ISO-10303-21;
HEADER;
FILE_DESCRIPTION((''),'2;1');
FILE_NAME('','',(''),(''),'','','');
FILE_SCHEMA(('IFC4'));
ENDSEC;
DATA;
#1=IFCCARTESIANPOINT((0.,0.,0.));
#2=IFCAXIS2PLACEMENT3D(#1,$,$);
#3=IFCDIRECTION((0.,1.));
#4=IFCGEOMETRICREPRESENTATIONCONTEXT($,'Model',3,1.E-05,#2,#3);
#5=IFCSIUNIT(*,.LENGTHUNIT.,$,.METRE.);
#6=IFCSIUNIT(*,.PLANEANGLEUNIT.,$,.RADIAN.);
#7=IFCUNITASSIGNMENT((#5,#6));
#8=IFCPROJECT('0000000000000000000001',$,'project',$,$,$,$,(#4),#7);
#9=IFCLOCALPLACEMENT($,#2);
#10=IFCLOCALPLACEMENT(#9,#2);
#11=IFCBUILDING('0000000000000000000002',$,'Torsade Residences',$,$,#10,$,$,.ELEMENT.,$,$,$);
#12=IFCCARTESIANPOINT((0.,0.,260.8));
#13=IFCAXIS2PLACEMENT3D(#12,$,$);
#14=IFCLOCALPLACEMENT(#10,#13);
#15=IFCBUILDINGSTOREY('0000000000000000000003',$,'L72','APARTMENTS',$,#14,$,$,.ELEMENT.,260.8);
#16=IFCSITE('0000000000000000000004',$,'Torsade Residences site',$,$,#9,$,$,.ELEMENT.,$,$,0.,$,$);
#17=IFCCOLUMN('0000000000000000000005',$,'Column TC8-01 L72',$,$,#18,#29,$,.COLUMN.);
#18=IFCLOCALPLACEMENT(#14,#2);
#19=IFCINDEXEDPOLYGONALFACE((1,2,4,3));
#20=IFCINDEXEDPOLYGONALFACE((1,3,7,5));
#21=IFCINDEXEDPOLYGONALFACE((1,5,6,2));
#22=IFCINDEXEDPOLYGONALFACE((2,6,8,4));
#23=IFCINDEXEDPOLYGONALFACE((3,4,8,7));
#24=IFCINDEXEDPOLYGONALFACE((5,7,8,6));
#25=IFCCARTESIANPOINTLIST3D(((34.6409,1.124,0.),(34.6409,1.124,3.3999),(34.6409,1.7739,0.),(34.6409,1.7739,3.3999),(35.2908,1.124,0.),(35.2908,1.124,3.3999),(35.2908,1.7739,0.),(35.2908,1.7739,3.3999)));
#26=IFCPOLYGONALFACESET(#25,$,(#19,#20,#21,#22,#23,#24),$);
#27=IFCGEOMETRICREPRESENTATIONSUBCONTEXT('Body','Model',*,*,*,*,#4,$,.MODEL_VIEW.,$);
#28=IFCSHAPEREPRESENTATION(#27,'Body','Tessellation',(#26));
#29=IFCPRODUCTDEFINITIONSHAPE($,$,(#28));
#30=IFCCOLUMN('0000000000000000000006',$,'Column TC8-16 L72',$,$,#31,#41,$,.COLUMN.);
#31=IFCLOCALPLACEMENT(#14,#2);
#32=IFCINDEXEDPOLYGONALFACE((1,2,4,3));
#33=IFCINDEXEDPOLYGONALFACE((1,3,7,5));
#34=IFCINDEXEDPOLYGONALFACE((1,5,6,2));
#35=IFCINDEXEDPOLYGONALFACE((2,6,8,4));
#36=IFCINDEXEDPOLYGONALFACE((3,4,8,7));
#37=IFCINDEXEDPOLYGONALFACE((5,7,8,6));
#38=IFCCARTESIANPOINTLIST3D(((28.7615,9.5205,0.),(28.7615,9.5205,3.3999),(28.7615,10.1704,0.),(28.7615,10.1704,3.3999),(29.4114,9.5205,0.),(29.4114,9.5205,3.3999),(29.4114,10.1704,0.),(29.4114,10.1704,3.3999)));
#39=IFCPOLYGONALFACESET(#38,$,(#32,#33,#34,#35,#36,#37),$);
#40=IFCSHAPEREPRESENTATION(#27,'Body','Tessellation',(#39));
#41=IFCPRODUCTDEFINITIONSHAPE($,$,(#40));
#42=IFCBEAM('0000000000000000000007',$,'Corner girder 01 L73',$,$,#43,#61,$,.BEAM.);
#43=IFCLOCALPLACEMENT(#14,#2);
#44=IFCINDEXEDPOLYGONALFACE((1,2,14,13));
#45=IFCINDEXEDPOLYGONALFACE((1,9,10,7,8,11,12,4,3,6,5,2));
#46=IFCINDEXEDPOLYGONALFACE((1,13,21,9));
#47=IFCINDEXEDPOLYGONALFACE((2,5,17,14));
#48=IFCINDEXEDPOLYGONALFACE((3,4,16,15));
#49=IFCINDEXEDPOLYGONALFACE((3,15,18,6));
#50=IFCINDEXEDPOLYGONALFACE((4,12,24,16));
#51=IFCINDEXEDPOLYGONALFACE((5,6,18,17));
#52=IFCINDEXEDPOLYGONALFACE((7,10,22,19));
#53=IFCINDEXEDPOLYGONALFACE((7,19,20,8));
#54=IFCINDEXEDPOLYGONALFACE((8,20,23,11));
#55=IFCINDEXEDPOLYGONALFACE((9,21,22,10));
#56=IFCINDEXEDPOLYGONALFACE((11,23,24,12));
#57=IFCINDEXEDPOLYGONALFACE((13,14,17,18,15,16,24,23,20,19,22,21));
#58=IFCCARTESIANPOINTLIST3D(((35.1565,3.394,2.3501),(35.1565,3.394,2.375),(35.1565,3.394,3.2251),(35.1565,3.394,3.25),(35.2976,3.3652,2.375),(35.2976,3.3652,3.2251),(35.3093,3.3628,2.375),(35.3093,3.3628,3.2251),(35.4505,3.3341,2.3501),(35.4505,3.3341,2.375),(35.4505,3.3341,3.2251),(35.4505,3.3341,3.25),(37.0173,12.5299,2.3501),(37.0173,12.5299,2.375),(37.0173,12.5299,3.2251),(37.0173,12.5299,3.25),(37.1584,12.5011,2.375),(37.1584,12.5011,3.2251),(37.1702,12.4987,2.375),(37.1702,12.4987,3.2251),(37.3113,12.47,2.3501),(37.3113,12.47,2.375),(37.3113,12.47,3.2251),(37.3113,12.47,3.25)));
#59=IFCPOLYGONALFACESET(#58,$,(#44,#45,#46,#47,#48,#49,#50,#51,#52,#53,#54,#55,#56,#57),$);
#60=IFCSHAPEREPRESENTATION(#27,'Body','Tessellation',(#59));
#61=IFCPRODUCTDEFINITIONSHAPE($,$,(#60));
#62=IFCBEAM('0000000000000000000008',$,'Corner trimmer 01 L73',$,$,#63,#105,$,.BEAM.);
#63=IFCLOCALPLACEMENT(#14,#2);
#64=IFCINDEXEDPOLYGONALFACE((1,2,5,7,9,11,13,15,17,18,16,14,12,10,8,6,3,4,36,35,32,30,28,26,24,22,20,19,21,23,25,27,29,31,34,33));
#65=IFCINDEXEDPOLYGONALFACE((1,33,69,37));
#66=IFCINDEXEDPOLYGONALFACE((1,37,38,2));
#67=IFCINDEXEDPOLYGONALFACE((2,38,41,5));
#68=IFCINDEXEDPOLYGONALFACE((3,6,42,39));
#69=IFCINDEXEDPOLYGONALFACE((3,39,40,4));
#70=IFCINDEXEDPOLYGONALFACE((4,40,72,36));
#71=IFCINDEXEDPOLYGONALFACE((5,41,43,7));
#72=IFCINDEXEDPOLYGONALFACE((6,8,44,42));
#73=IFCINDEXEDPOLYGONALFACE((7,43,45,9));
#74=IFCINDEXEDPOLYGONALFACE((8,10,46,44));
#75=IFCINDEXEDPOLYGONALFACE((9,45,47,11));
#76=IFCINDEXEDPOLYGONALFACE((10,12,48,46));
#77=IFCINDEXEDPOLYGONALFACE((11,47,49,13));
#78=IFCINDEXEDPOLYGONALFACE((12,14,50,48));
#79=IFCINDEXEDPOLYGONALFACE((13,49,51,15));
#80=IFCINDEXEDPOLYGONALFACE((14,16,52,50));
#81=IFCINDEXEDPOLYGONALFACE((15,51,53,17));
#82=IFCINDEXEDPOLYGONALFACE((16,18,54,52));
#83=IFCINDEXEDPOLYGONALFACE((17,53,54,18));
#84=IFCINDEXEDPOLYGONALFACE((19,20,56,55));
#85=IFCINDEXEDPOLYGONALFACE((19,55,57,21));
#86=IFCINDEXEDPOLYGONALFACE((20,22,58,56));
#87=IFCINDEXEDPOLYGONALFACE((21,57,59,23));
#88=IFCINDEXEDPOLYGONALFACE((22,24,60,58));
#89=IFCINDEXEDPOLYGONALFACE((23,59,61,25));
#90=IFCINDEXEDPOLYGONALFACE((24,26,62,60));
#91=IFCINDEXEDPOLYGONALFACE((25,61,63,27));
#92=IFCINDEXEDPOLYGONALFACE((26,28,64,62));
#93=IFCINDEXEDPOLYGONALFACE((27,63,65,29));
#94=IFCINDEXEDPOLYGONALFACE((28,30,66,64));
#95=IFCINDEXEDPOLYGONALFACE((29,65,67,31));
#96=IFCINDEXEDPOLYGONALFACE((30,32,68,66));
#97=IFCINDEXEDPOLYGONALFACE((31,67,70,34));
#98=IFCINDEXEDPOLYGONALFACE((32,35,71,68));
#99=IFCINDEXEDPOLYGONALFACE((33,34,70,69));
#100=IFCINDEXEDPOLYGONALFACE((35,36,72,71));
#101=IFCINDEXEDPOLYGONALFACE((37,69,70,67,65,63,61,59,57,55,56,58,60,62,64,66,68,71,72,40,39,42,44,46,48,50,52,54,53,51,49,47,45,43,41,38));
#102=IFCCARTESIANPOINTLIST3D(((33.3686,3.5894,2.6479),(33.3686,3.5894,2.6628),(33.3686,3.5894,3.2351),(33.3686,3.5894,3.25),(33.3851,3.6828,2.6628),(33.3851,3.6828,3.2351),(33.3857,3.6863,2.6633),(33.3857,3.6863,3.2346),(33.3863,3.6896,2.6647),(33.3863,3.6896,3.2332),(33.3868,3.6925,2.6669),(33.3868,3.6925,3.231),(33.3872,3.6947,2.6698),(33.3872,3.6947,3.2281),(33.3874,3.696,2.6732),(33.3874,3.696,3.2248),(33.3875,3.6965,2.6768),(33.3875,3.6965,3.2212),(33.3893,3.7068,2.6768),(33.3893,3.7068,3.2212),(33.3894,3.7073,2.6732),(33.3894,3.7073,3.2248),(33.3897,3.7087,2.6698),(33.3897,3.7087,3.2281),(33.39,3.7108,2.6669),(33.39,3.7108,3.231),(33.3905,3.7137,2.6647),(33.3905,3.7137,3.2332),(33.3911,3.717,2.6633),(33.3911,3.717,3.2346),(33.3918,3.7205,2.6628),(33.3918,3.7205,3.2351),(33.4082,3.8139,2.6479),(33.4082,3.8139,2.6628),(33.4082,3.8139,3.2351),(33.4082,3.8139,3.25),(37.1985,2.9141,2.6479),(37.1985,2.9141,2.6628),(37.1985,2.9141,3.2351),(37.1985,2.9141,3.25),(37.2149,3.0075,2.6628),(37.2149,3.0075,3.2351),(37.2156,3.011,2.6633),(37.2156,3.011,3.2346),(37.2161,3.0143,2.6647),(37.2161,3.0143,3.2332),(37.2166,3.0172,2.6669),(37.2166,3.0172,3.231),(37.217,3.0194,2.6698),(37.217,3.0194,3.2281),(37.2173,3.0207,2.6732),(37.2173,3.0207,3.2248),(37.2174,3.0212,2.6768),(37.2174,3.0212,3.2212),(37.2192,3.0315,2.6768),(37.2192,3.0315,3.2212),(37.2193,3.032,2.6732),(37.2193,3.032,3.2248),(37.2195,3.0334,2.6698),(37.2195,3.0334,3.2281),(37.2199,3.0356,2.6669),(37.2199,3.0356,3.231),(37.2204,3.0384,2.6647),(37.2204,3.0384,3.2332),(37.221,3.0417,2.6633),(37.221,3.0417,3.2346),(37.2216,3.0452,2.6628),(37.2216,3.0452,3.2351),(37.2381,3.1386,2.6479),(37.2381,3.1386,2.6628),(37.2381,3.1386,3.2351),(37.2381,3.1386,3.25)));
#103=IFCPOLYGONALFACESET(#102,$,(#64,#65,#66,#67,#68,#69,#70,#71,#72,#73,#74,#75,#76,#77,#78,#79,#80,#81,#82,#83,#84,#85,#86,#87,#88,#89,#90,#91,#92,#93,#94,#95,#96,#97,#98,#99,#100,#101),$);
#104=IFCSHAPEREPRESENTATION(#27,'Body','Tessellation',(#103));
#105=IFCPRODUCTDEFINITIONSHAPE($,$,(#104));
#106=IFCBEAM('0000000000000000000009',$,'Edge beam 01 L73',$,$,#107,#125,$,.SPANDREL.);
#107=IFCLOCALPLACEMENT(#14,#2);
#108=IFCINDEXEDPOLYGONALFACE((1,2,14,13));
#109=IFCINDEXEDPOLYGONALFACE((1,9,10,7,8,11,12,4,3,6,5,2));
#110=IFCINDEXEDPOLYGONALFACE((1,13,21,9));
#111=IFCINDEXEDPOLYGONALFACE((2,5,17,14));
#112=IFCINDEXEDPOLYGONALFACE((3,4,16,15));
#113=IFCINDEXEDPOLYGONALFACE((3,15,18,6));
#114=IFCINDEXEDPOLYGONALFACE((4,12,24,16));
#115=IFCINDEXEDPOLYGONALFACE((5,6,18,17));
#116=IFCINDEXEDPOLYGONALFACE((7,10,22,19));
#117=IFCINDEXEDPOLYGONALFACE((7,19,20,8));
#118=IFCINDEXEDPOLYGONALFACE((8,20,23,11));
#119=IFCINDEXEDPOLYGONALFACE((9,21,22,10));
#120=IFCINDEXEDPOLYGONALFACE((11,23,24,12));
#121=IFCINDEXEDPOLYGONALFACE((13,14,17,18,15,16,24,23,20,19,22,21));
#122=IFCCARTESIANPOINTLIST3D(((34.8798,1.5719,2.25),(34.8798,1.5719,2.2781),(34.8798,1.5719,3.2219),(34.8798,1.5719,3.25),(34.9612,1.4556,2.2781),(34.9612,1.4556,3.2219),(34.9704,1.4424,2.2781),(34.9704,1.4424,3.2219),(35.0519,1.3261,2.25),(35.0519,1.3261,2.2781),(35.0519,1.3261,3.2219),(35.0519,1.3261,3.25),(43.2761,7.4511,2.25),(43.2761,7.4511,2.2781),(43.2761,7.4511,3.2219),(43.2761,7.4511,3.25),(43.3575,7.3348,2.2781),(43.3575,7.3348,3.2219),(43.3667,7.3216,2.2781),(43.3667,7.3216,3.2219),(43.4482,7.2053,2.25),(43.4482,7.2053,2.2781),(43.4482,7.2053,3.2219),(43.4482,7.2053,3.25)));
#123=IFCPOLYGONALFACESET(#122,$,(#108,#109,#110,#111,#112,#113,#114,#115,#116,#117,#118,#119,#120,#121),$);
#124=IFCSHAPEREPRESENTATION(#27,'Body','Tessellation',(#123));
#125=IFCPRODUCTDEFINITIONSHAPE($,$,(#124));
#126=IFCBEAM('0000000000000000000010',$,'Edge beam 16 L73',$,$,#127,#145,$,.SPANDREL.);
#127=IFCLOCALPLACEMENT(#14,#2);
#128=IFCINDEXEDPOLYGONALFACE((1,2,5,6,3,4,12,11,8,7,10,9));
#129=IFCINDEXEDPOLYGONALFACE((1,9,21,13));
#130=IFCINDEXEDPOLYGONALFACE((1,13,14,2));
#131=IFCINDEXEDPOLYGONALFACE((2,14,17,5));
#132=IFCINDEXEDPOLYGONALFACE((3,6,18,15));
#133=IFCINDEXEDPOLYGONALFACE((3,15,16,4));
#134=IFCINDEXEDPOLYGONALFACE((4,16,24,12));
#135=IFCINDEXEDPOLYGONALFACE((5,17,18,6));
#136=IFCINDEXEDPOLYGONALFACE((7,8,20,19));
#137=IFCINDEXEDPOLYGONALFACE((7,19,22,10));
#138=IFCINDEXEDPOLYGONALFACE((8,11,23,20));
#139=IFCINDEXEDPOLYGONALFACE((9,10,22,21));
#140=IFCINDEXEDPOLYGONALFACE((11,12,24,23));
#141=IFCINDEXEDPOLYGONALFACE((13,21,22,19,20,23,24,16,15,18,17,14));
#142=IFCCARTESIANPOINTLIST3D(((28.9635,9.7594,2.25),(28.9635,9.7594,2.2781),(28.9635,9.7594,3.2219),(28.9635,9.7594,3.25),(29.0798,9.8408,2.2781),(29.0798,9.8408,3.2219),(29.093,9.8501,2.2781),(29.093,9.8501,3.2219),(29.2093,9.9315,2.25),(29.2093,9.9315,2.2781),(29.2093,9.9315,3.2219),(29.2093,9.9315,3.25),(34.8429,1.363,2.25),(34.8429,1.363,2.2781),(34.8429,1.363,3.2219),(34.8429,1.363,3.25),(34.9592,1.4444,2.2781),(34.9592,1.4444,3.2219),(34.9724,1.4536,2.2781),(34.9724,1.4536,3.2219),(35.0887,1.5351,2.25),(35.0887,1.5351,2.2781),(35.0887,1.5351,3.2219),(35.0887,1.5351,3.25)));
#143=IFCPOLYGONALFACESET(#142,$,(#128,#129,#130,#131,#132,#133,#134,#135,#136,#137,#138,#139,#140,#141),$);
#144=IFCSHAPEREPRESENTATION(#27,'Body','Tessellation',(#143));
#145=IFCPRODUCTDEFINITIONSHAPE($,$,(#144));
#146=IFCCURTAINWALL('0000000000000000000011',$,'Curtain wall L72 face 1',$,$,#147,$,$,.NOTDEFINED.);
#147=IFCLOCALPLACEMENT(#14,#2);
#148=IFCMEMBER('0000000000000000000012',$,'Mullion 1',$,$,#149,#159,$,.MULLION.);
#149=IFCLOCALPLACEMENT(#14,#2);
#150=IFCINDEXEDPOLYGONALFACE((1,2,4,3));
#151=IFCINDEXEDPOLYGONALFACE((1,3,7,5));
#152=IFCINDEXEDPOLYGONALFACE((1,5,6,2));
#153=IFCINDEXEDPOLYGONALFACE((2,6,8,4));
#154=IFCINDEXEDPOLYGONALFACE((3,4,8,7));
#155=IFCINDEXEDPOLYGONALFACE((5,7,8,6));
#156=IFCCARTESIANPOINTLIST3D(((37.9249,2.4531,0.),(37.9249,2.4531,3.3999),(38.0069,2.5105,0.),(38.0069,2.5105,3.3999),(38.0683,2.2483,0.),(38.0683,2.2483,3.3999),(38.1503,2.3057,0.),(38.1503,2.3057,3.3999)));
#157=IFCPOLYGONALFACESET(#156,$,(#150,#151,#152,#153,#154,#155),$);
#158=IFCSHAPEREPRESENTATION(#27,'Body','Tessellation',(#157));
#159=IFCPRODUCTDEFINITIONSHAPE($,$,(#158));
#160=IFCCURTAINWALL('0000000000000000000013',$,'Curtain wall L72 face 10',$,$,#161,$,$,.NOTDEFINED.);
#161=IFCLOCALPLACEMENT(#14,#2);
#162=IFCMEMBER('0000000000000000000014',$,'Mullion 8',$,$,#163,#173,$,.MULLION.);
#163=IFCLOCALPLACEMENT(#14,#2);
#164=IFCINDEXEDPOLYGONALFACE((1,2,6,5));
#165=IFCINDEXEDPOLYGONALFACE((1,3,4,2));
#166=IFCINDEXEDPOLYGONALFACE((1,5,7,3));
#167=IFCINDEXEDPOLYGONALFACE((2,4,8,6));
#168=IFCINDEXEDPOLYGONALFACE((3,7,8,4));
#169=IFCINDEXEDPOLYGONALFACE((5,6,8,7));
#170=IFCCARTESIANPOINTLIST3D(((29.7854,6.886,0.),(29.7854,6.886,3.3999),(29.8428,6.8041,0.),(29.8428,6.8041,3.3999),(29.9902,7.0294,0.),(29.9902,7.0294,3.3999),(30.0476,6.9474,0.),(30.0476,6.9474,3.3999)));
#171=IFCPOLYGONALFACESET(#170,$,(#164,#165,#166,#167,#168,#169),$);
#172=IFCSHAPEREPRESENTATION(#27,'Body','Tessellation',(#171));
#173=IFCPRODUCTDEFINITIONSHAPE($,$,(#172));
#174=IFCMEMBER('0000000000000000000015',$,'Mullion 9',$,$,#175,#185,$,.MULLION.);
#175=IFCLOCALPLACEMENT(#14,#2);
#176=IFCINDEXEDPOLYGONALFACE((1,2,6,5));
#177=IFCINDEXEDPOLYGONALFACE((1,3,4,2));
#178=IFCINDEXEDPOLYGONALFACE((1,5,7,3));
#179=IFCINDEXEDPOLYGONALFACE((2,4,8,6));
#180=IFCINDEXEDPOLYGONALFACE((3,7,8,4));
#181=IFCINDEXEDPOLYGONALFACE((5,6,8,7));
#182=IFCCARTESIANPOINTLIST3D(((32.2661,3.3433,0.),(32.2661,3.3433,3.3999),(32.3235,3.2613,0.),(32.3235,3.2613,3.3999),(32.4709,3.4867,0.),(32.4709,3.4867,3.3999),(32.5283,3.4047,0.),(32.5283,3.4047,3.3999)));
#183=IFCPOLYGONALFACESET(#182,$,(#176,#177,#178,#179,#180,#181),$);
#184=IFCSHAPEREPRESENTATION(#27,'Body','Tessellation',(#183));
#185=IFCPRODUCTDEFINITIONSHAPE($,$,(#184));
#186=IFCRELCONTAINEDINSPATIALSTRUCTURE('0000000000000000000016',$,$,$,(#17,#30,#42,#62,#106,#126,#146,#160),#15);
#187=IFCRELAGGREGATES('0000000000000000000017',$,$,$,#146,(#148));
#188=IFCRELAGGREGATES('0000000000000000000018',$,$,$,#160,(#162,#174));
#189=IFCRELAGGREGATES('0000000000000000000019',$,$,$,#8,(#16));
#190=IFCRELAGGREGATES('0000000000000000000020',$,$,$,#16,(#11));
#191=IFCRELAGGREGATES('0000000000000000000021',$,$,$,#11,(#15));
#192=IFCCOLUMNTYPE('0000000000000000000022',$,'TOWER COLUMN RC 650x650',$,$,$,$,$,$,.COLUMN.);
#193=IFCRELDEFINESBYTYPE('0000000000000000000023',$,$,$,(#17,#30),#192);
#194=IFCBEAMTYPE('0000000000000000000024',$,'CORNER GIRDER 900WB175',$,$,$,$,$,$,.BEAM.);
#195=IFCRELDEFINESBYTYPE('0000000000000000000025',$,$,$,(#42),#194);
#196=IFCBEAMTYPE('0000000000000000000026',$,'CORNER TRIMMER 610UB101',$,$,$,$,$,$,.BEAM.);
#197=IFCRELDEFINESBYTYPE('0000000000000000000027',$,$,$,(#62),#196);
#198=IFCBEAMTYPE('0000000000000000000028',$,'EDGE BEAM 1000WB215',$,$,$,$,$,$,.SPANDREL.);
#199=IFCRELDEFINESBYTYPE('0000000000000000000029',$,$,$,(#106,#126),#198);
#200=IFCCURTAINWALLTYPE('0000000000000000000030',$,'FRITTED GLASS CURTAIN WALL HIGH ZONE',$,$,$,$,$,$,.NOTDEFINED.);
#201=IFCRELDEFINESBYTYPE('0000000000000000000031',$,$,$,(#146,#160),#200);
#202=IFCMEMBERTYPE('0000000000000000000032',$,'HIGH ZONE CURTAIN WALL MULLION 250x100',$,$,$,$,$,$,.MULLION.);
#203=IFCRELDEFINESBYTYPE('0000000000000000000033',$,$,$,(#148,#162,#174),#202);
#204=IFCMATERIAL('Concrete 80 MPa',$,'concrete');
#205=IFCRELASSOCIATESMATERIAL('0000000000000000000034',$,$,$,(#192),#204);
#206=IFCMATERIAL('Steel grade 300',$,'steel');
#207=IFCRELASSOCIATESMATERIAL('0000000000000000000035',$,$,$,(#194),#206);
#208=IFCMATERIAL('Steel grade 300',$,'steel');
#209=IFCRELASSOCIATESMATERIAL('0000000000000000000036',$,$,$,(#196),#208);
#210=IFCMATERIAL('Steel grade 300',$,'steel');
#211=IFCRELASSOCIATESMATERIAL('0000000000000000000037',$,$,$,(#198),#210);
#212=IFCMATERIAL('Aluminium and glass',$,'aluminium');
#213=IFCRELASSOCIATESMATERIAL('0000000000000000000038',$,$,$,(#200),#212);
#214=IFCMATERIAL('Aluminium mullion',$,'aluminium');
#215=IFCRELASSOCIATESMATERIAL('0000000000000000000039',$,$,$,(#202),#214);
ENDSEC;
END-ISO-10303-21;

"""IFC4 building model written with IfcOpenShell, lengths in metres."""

from ifc_helpers import new_model, si_unit, direction, frame, origin, origin_2d, place, context, subcontext, project, spatial, rectangle, i_section, extrude, material, material_profile, profile_set, type_object, element, aggregate, save


model = new_model("IFC4")

# Units and contexts
model_context = context("Model", 3, precision=1e-05, world=origin(), true_north=direction((0.0, 1.0)))
body_context = subcontext(model_context, "Body", "Model", "MODEL_VIEW")
ifc_project = project(units=[si_unit("LENGTHUNIT", "METRE"), si_unit("PLANEANGLEUNIT", "RADIAN")], contexts=[model_context])

# Site, building, storey
site_placement = place(None, origin())
site = spatial("IfcSite", under=ifc_project, at=site_placement, Name="Torsade Residences site", CompositionType="ELEMENT", RefElevation=0.0)
building_placement = place(site_placement, origin())
building = spatial("IfcBuilding", under=site, at=building_placement, Name="Torsade Residences", CompositionType="ELEMENT")
storey_placement = place(building_placement, frame((0.0, 0.0, 260.8)))
storey = spatial("IfcBuildingStorey", under=building, at=storey_placement, Name="L72", Description="APARTMENTS", CompositionType="ELEMENT", Elevation=260.8)

# Columns
ifc_material_1 = material(Name="Concrete 80 MPa", Category="concrete")
ifc_material_profile_1 = material_profile(ifc_material_1, rectangle(XDim=0.6499, YDim=0.6499, at=origin_2d()), Name="RC 650x650")
ifc_profile_set_1 = profile_set([ifc_material_profile_1], Name="Concrete 80 MPa")
column_type = type_object("IfcColumnType", Name="TOWER COLUMN RC 650x650", PredefinedType="COLUMN", material=ifc_profile_set_1)
for number, where, z_axis, x_axis, name in (
    (1, (34.9658, 1.449, 0.0), (0.0, 0.0, 1.0), (1.0, 0.0, 0.0), "Column TC8-01 L72"),
    (2, (29.0864, 9.8455, 0.0), (0.0, 0.0, 1.0), (1.0, 0.0, 0.0), "Column TC8-16 L72"),
):
    element("IfcColumn", number, at=place(storey_placement, frame(where, z_axis=z_axis, x_axis=x_axis)), inside=storey, type_object=column_type, Name=name, PredefinedType="COLUMN", context=body_context, shape_type="SweptSolid", body=[
        extrude(rectangle(XDim=0.6499, YDim=0.6499, at=origin_2d()), origin(), (0.0, 0.0, 1.0), 3.3999),
    ])

# Beams
ifc_material_2 = material(Name="Steel grade 300", Category="steel")
ifc_material_profile_2 = material_profile(ifc_material_2, i_section(OverallWidth=0.3, OverallDepth=0.8999, WebThickness=0.012, FlangeThickness=0.0249, at=origin_2d()), Name="900WB175")
ifc_profile_set_2 = profile_set([ifc_material_profile_2], Name="Steel grade 300")
beam_type_1 = type_object("IfcBeamType", Name="CORNER GIRDER 900WB175", PredefinedType="BEAM", material=ifc_profile_set_2)
beam_1_placement = place(storey_placement, frame((35.3035, 3.364, 2.8), z_axis=(0.199584, 0.979881, 0.0), x_axis=(-0.979881, 0.199584, 0.0)))
element("IfcBeam", 3, at=beam_1_placement, inside=storey, type_object=beam_type_1, Name="Corner girder 01 L73", PredefinedType="BEAM", context=body_context, shape_type="SweptSolid", body=[
    extrude(i_section(OverallWidth=0.3, OverallDepth=0.8999, WebThickness=0.012, FlangeThickness=0.0249, at=origin_2d()), origin(), (0.0, 0.0, 1.0), 9.3235),
])
ifc_material_3 = material(Name="Steel grade 300", Category="steel")
ifc_material_profile_3 = material_profile(ifc_material_3, i_section(OverallWidth=0.228, OverallDepth=0.6021, WebThickness=0.0105, FlangeThickness=0.0149, FilletRadius=0.0139, at=origin_2d()), Name="610UB101")
ifc_profile_set_3 = profile_set([ifc_material_profile_3], Name="Steel grade 300")
beam_type_2 = type_object("IfcBeamType", Name="CORNER TRIMMER 610UB101", PredefinedType="BEAM", material=ifc_profile_set_3)
beam_2_placement = place(storey_placement, frame((37.2183, 3.0264, 2.949), z_axis=(-0.984808, 0.173646, 0.0), x_axis=(-0.173646, -0.984808, 0.0)))
element("IfcBeam", 4, at=beam_2_placement, inside=storey, type_object=beam_type_2, Name="Corner trimmer 01 L73", PredefinedType="BEAM", context=body_context, shape_type="SweptSolid", body=[
    extrude(i_section(OverallWidth=0.228, OverallDepth=0.6021, WebThickness=0.0105, FlangeThickness=0.0149, FilletRadius=0.0139, at=origin_2d()), origin(), (0.0, 0.0, 1.0), 3.8889),
])
ifc_material_4 = material(Name="Steel grade 300", Category="steel")
ifc_material_profile_4 = material_profile(ifc_material_4, i_section(OverallWidth=0.3, OverallDepth=1.0, WebThickness=0.0161, FlangeThickness=0.0281, at=origin_2d()), Name="1000WB215")
ifc_profile_set_4 = profile_set([ifc_material_profile_4], Name="Steel grade 300")
beam_type_3 = type_object("IfcBeamType", Name="EDGE BEAM 1000WB215", PredefinedType="SPANDREL", material=ifc_profile_set_4)
beam_3_placement = place(storey_placement, frame((34.9658, 1.449, 2.75), z_axis=(0.81915, 0.573579, 0.0), x_axis=(-0.573579, 0.81915, 0.0)))
element("IfcBeam", 5, at=beam_3_placement, inside=storey, type_object=beam_type_3, Name="Edge beam 01 L73", PredefinedType="SPANDREL", context=body_context, shape_type="SweptSolid", body=[
    extrude(i_section(OverallWidth=0.3, OverallDepth=1.0, WebThickness=0.0161, FlangeThickness=0.0281, at=origin_2d()), origin(), (0.0, 0.0, 1.0), 10.25),
])
beam_4_placement = place(storey_placement, frame((29.0864, 9.8455, 2.75), z_axis=(0.573584, -0.819147, 0.0), x_axis=(0.819147, 0.573584, 0.0)))
element("IfcBeam", 6, at=beam_4_placement, inside=storey, type_object=beam_type_3, Name="Edge beam 16 L73", PredefinedType="SPANDREL", context=body_context, shape_type="SweptSolid", body=[
    extrude(i_section(OverallWidth=0.3, OverallDepth=1.0, WebThickness=0.0161, FlangeThickness=0.0281, at=origin_2d()), origin(), (0.0, 0.0, 1.0), 10.2502),
])

# Curtain wall, member
ifc_material_5 = material(Name="Aluminium and glass", Category="aluminium")
curtain_wall_type = type_object("IfcCurtainWallType", Name="FRITTED GLASS CURTAIN WALL HIGH ZONE", PredefinedType="NOTDEFINED", material=ifc_material_5)
curtain_wall_1_placement = place(storey_placement, origin())
curtain_wall_1 = element("IfcCurtainWall", 7, at=curtain_wall_1_placement, inside=storey, type_object=curtain_wall_type, Name="Curtain wall L72 face 1", PredefinedType="NOTDEFINED")
ifc_material_6 = material(Name="Aluminium mullion", Category="aluminium")
ifc_material_profile_5 = material_profile(ifc_material_6, rectangle(XDim=0.25, YDim=0.1001, at=origin_2d()), Name="HIGH ZONE CURTAIN WALL MULLION 250x100")
ifc_profile_set_5 = profile_set([ifc_material_profile_5], Name="Aluminium mullion")
member_type_1 = type_object("IfcMemberType", Name="HIGH ZONE CURTAIN WALL MULLION 250x100", PredefinedType="MULLION", material=ifc_profile_set_5)
member_1_placement = place(storey_placement, frame((38.0376, 2.3794, 0.0), z_axis=(0.0, 0.0, 1.0), x_axis=(-0.573576, 0.819152, 0.0)))
member_1 = element("IfcMember", 8, at=member_1_placement, type_object=member_type_1, Name="Mullion 1", PredefinedType="MULLION", context=body_context, shape_type="SweptSolid", body=[
    extrude(rectangle(XDim=0.25, YDim=0.1001, at=origin_2d()), origin(), (0.0, 0.0, 1.0), 3.3999),
])

# Curtain wall, members
curtain_wall_2_placement = place(storey_placement, origin())
curtain_wall_2 = element("IfcCurtainWall", 9, at=curtain_wall_2_placement, inside=storey, type_object=curtain_wall_type, Name="Curtain wall L72 face 10", PredefinedType="NOTDEFINED")
member_2_placement = place(storey_placement, frame((29.9165, 6.9167, 0.0), z_axis=(0.0, 0.0, 1.0), x_axis=(0.819152, 0.573576, 0.0)))
member_2 = element("IfcMember", 10, at=member_2_placement, type_object=member_type_1, Name="Mullion 8", PredefinedType="MULLION", context=body_context, shape_type="SweptSolid", body=[
    extrude(rectangle(XDim=0.25, YDim=0.1001, at=origin_2d()), origin(), (0.0, 0.0, 1.0), 3.3999),
])
member_3_placement = place(storey_placement, frame((32.3972, 3.374, 0.0), z_axis=(0.0, 0.0, 1.0), x_axis=(0.819152, 0.573576, 0.0)))
member_3 = element("IfcMember", 11, at=member_3_placement, type_object=member_type_1, Name="Mullion 9", PredefinedType="MULLION", context=body_context, shape_type="SweptSolid", body=[
    extrude(rectangle(XDim=0.25, YDim=0.1001, at=origin_2d()), origin(), (0.0, 0.0, 1.0), 3.3999),
])

aggregate(curtain_wall_1, [member_1])

aggregate(curtain_wall_2, [member_2, member_3])

save(model, "model.ifc")
